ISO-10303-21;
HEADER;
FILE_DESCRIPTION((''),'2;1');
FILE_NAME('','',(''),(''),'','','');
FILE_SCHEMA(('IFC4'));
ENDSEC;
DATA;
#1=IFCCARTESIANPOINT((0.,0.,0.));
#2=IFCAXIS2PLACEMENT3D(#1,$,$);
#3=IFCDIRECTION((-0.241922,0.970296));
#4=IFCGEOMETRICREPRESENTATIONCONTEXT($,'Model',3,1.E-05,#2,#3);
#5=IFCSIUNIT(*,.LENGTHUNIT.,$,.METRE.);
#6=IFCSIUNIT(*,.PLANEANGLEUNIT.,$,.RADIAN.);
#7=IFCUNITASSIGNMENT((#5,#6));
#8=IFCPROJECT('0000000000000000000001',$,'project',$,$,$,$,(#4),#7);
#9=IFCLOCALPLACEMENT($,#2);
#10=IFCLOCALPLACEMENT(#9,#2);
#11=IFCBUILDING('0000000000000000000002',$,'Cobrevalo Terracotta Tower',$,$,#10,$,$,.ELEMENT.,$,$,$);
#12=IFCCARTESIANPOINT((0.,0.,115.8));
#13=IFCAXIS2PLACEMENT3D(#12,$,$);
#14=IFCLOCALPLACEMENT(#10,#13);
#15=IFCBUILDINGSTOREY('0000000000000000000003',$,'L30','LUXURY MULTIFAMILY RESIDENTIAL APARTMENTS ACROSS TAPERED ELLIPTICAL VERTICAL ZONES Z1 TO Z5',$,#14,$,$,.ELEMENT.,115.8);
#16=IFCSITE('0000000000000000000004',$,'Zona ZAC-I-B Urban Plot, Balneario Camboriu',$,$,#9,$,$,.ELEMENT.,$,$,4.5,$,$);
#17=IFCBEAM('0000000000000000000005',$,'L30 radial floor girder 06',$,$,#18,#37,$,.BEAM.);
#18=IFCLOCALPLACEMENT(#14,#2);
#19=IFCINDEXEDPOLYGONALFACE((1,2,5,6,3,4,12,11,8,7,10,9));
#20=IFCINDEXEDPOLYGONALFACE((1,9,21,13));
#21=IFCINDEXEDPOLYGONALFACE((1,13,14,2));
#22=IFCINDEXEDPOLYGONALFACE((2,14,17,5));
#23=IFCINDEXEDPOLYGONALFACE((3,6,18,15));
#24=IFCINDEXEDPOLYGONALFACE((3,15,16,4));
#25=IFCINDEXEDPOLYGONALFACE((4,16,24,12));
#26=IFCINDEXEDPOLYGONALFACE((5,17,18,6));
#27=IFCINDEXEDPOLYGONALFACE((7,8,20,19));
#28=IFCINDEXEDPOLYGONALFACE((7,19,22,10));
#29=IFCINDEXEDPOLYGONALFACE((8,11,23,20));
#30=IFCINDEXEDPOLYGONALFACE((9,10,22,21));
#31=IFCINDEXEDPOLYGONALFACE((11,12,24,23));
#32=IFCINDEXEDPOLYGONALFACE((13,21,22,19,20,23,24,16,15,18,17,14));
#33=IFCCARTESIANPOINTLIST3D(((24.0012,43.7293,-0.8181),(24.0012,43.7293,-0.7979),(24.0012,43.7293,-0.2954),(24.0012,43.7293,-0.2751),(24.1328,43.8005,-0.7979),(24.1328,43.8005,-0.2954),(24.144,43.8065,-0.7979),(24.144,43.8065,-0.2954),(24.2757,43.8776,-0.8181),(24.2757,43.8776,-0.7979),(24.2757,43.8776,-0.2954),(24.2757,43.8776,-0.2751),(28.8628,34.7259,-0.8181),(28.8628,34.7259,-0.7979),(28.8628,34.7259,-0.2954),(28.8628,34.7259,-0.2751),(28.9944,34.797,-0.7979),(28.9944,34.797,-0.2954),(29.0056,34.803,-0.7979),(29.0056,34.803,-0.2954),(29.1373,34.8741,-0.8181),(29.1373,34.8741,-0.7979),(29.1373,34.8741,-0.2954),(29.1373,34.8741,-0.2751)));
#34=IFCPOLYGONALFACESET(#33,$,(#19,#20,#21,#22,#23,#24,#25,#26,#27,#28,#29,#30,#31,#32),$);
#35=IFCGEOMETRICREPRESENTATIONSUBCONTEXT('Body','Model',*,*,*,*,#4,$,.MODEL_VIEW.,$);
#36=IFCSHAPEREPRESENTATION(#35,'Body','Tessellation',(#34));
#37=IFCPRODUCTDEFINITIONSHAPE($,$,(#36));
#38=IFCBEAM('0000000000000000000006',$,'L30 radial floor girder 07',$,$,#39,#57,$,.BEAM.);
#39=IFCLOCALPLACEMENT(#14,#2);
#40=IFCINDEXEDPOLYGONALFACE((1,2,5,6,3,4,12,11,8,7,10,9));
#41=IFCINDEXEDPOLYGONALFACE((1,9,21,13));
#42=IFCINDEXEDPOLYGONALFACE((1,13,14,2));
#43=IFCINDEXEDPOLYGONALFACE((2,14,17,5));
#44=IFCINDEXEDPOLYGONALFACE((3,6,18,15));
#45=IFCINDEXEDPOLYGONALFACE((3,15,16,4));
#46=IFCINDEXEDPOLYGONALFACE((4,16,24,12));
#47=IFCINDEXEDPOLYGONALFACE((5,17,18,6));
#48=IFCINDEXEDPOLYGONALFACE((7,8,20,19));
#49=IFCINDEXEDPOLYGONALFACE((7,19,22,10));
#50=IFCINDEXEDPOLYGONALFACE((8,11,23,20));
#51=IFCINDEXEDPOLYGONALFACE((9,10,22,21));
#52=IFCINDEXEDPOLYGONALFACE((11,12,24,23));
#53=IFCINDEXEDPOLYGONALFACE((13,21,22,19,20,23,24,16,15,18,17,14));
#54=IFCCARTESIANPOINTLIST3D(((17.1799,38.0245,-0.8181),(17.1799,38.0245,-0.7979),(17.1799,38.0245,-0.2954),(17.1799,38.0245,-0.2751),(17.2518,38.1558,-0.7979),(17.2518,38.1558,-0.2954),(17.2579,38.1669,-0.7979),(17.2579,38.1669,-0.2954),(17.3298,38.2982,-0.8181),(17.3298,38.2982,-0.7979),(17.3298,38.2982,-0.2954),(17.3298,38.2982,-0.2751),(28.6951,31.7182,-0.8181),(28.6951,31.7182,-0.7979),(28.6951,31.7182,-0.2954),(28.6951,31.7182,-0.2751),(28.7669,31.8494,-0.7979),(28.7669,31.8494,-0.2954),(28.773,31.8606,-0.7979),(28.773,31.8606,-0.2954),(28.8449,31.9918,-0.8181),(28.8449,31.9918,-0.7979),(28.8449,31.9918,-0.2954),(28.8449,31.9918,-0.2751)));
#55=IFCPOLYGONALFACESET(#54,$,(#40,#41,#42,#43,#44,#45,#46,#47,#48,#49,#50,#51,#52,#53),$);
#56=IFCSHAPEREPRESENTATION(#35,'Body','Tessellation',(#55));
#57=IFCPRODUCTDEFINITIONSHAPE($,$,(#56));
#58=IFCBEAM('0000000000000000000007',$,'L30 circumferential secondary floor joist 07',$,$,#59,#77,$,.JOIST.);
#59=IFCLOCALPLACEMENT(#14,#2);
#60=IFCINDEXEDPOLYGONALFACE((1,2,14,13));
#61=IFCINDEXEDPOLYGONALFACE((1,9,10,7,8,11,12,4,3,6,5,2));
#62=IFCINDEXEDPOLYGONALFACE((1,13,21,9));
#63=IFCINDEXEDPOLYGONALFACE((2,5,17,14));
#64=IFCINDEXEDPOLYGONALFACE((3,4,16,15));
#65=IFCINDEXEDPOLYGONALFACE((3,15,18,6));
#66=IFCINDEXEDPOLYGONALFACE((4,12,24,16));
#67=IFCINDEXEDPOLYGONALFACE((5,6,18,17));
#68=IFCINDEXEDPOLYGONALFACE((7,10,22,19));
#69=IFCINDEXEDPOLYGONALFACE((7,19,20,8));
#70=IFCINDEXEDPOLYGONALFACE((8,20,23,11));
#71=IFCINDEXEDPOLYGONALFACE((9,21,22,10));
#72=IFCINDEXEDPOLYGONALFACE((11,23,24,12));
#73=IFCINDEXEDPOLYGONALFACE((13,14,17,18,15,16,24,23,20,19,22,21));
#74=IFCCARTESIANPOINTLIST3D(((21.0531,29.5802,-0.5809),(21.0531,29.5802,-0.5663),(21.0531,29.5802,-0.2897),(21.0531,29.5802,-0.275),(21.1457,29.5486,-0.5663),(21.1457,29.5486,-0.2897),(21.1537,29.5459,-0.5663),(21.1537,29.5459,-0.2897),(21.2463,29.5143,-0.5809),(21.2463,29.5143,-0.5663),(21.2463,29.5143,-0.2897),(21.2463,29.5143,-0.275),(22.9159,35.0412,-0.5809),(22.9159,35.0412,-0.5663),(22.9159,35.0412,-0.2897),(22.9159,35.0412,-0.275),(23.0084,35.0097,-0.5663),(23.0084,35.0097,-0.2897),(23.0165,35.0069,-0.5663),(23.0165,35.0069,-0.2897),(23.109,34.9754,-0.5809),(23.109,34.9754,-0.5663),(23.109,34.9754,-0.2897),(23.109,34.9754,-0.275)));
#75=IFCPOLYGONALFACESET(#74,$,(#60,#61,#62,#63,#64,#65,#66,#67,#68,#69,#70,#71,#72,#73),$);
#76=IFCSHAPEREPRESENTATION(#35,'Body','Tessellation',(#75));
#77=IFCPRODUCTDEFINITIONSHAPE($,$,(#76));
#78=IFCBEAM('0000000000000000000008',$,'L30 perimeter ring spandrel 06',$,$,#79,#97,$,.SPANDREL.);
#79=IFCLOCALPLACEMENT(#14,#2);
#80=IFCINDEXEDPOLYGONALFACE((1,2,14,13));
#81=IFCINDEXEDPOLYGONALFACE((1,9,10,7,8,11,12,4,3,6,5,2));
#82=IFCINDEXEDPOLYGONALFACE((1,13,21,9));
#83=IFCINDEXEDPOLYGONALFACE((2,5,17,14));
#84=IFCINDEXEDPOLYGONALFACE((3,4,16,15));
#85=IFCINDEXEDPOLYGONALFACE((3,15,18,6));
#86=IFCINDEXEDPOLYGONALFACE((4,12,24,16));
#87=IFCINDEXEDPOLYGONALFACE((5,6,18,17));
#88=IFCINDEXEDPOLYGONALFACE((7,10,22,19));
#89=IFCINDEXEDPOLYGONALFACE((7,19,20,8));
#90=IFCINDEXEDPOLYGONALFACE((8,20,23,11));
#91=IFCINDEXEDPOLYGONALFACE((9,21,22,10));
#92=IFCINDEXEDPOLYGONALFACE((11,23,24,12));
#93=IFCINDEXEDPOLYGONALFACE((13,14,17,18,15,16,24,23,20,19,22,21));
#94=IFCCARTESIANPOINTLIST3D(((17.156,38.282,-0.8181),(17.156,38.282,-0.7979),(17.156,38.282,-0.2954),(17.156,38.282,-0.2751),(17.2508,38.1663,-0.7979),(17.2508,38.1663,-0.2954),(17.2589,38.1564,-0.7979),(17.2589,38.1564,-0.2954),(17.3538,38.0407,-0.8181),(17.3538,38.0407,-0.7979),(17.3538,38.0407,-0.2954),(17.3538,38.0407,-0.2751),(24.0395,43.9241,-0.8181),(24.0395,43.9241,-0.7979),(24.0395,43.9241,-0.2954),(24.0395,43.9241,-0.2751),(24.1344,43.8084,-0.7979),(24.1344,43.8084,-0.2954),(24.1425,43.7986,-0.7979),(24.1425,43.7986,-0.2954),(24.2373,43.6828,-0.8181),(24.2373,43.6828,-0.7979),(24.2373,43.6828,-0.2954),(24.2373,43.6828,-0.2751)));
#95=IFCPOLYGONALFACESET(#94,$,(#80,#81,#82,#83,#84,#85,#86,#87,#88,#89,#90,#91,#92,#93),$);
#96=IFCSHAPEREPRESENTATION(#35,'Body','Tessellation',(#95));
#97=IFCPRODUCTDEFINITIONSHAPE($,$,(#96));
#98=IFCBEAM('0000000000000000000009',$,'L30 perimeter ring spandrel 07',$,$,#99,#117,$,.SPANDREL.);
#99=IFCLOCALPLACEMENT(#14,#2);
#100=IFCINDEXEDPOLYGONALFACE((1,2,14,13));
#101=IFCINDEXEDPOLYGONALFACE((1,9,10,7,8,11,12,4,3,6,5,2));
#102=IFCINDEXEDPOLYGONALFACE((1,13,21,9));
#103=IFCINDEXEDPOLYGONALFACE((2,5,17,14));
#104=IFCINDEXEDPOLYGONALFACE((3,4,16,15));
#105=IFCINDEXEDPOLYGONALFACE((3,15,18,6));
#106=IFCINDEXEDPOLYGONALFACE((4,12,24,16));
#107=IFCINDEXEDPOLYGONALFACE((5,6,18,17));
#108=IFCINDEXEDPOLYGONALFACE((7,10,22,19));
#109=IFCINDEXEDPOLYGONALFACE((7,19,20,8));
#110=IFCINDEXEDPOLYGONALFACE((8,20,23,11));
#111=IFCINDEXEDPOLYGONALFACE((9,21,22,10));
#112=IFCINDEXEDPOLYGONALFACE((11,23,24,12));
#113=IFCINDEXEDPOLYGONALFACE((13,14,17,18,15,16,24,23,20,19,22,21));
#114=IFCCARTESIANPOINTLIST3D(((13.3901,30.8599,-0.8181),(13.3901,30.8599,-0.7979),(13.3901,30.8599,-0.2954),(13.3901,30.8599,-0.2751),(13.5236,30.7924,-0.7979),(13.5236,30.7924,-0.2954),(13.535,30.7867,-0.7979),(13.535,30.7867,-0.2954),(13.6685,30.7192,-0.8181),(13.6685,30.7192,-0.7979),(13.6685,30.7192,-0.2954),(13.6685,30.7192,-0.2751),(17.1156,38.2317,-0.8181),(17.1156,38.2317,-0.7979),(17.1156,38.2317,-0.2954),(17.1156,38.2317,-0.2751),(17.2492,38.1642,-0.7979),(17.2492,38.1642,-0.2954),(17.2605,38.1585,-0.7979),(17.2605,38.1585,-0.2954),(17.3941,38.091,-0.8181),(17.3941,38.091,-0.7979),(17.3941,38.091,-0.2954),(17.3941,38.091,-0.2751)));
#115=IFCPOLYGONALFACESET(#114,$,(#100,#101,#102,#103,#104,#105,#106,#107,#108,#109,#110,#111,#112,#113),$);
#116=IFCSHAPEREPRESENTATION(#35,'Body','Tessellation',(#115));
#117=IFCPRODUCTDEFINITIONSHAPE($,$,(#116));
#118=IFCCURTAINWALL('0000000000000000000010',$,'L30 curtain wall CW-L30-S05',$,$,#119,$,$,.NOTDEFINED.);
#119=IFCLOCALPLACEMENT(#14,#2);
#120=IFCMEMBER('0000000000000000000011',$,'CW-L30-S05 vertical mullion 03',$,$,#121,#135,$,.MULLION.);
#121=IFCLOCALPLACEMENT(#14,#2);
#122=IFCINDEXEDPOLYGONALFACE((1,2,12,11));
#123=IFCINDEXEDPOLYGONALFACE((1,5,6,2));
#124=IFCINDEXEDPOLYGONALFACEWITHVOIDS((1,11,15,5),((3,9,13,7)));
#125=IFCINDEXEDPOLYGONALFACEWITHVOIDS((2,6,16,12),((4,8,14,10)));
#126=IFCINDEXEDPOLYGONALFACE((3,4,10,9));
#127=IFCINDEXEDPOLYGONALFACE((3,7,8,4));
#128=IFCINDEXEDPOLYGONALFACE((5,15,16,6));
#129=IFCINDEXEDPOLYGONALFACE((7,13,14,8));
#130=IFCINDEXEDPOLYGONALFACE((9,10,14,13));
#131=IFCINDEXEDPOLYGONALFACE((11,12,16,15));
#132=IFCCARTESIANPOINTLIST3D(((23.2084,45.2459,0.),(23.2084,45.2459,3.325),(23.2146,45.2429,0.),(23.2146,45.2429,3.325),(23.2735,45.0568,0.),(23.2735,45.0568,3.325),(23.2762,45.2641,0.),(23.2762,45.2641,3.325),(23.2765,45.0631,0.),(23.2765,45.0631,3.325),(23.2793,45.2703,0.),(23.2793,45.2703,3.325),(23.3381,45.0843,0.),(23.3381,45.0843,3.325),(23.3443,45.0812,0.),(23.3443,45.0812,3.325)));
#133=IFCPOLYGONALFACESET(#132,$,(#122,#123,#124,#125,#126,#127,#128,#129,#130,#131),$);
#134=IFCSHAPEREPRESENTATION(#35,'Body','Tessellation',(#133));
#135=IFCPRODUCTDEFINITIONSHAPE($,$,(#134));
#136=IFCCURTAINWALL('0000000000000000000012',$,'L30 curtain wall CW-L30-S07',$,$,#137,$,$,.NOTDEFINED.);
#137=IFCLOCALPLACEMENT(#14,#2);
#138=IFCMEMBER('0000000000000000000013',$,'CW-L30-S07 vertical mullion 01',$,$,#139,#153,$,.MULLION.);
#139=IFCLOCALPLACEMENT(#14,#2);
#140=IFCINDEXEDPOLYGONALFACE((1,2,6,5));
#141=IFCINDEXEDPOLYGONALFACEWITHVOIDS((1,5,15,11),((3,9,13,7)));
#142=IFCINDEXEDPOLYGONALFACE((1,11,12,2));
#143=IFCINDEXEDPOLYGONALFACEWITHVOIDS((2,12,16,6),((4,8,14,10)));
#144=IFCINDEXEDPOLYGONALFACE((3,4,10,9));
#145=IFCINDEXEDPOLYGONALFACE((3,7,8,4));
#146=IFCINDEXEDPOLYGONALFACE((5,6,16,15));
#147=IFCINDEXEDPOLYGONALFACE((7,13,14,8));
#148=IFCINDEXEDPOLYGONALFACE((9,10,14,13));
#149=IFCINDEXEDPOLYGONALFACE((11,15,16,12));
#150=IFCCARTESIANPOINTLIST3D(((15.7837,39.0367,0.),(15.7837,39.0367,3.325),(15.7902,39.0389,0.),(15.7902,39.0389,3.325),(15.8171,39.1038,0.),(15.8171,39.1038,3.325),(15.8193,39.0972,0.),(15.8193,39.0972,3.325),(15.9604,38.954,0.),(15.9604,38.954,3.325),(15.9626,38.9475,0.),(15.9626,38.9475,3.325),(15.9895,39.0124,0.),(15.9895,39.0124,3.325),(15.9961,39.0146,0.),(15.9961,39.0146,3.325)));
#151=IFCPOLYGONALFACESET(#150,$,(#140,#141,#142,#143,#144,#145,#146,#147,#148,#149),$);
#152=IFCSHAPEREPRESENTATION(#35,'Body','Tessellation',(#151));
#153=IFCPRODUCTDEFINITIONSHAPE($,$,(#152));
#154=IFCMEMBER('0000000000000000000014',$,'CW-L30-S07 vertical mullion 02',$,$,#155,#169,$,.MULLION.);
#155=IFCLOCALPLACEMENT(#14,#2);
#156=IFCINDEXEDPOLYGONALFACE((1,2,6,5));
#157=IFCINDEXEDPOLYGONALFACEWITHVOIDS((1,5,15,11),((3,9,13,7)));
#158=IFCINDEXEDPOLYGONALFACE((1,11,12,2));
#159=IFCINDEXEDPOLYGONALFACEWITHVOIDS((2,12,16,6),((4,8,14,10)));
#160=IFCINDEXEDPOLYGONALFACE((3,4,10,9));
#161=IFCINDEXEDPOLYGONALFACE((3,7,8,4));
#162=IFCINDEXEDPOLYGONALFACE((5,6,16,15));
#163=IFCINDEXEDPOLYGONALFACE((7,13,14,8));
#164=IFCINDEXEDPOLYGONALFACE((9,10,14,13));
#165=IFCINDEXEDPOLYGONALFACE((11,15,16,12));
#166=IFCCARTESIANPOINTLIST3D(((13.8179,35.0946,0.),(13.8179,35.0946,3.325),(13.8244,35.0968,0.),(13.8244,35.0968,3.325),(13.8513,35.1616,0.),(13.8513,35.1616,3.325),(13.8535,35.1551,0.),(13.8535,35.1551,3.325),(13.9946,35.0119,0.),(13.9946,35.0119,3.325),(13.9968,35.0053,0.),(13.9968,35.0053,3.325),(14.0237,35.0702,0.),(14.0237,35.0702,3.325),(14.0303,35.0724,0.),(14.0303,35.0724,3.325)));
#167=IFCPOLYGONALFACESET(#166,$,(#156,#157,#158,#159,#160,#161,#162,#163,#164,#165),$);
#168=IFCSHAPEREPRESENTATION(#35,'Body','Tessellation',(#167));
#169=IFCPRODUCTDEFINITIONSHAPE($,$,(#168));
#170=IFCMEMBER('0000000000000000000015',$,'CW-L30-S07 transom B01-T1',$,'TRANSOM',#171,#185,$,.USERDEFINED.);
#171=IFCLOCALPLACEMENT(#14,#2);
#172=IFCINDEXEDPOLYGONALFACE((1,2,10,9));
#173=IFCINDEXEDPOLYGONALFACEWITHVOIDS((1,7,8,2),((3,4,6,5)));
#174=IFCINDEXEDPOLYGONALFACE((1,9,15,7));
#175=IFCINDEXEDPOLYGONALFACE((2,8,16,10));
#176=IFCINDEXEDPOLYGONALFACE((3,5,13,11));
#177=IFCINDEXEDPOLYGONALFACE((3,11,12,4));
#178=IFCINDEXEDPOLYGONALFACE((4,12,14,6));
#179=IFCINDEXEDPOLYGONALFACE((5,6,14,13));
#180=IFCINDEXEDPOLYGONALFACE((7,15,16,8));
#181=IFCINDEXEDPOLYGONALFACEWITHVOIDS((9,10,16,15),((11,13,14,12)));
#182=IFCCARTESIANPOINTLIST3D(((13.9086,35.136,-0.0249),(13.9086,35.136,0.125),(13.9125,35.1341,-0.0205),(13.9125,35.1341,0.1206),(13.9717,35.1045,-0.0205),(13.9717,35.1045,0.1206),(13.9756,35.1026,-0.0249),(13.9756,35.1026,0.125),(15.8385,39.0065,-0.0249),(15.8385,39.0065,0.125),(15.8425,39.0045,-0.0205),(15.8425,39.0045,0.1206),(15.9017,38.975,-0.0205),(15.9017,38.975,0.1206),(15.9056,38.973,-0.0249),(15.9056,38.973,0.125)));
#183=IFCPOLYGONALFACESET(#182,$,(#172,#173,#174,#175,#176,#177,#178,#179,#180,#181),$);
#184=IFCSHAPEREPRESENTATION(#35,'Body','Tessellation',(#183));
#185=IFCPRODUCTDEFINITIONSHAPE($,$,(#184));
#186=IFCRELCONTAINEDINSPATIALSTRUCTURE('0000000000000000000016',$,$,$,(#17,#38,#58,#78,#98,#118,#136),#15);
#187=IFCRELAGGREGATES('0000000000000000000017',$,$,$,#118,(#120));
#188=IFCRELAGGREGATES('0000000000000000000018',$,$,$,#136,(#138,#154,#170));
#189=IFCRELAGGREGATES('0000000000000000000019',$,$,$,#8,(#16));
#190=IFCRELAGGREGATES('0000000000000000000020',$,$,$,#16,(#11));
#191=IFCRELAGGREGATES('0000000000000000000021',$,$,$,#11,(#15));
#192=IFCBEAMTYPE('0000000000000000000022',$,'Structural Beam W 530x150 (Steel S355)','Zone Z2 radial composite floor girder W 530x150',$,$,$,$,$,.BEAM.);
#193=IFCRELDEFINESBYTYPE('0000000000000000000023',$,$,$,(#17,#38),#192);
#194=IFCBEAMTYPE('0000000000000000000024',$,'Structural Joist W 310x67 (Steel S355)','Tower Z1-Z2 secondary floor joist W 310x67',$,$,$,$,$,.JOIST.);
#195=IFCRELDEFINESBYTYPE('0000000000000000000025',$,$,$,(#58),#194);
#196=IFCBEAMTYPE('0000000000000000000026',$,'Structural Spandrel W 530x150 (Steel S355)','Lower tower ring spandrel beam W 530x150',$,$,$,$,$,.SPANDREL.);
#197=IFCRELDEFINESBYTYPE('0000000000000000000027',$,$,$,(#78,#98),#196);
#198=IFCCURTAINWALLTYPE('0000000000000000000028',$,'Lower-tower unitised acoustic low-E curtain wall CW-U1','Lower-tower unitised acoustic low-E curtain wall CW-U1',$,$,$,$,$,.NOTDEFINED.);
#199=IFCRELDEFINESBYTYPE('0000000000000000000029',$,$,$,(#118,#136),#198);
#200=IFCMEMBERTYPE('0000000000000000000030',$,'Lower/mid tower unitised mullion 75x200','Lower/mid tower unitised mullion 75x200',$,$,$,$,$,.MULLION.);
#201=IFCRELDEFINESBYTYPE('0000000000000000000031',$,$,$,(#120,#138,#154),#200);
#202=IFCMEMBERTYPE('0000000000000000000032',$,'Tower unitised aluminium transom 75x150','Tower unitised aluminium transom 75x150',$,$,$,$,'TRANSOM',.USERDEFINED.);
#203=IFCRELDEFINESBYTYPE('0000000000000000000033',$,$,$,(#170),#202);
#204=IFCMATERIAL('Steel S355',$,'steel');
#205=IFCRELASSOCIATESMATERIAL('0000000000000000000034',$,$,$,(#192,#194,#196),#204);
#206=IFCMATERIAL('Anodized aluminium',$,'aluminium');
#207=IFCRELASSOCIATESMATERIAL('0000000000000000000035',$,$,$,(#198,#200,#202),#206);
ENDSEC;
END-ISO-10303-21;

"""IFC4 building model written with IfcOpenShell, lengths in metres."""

from ifc_helpers import new_model, si_unit, direction, frame, origin, origin_2d, place, context, subcontext, project, spatial, hollow_rectangle, i_section, extrude, source, transform, mapped, material, material_profile, profile_set, type_object, element, aggregate, save


model = new_model("IFC4")

# Units and contexts
model_context = context("Model", 3, precision=1e-05, world=origin(), true_north=direction((-0.241922, 0.970296)))
body_context = subcontext(model_context, "Body", "Model", "MODEL_VIEW")
ifc_project = project(units=[si_unit("LENGTHUNIT", "METRE"), si_unit("PLANEANGLEUNIT", "RADIAN")], contexts=[model_context])

# Site, building, storey
site_placement = place(None, origin())
site = spatial("IfcSite", under=ifc_project, at=site_placement, Name="Zona ZAC-I-B Urban Plot, Balneario Camboriu", CompositionType="ELEMENT", RefElevation=4.5)
building_placement = place(site_placement, origin())
building = spatial("IfcBuilding", under=site, at=building_placement, Name="Cobrevalo Terracotta Tower", CompositionType="ELEMENT")
storey_placement = place(building_placement, frame((0.0, 0.0, 115.8)))
storey = spatial("IfcBuildingStorey", under=building, at=storey_placement, Name="L30", Description="LUXURY MULTIFAMILY RESIDENTIAL APARTMENTS ACROSS TAPERED ELLIPTICAL VERTICAL ZONES Z1 TO Z5", CompositionType="ELEMENT", Elevation=115.8)

# Shared definitions
ifc_material_1 = material(Name="Steel S355", Category="steel")

# Beams
ifc_material_profile_1 = material_profile(ifc_material_1, i_section(OverallWidth=0.312, OverallDepth=0.543, WebThickness=0.0127, FlangeThickness=0.0203, at=origin_2d()), Name="W 530x150")
ifc_profile_set_1 = profile_set([ifc_material_profile_1], Name="Steel S355")
beam_type_1 = type_object("IfcBeamType", Name="Structural Beam W 530x150 (Steel S355)", Description="Zone Z2 radial composite floor girder W 530x150", PredefinedType="BEAM", material=ifc_profile_set_1)
beam_1_placement = place(storey_placement, frame((24.1384, 43.8035, -0.5466), z_axis=(0.475128, -0.879917, 0.0), x_axis=(0.879917, 0.475128, 0.0)))
element("IfcBeam", 1, at=beam_1_placement, inside=storey, type_object=beam_type_1, Name="L30 radial floor girder 06", PredefinedType="BEAM", context=body_context, shape_type="SweptSolid", body=[
    extrude(i_section(OverallWidth=0.312, OverallDepth=0.543, WebThickness=0.0127, FlangeThickness=0.0203, at=origin_2d()), origin(), (0.0, 0.0, 1.0), 10.2322),
])
beam_2_placement = place(storey_placement, frame((17.2549, 38.1614, -0.5466), z_axis=(0.877081, -0.480343, 0.0), x_axis=(0.480343, 0.877081, 0.0)))
element("IfcBeam", 2, at=beam_2_placement, inside=storey, type_object=beam_type_1, Name="L30 radial floor girder 07", PredefinedType="BEAM", context=body_context, shape_type="SweptSolid", body=[
    extrude(i_section(OverallWidth=0.312, OverallDepth=0.543, WebThickness=0.0127, FlangeThickness=0.0203, at=origin_2d()), origin(), (0.0, 0.0, 1.0), 13.1289),
])
ifc_material_profile_2 = material_profile(ifc_material_1, i_section(OverallWidth=0.2041, OverallDepth=0.3059, WebThickness=0.0085, FlangeThickness=0.0146, at=origin_2d()), Name="W 310x67")
ifc_profile_set_2 = profile_set([ifc_material_profile_2], Name="Steel S355")
beam_type_2 = type_object("IfcBeamType", Name="Structural Joist W 310x67 (Steel S355)", Description="Tower Z1-Z2 secondary floor joist W 310x67", PredefinedType="JOIST", material=ifc_profile_set_2)
beam_3_placement = place(storey_placement, frame((23.0125, 35.0083, -0.428), z_axis=(-0.322833, -0.946456, 0.0), x_axis=(0.946456, -0.322833, 0.0)))
element("IfcBeam", 3, at=beam_3_placement, inside=storey, type_object=beam_type_2, Name="L30 circumferential secondary floor joist 07", PredefinedType="JOIST", context=body_context, shape_type="SweptSolid", body=[
    extrude(i_section(OverallWidth=0.2041, OverallDepth=0.3059, WebThickness=0.0085, FlangeThickness=0.0146, at=origin_2d()), origin(), (0.0, 0.0, 1.0), 5.77),
])
ifc_material_profile_3 = material_profile(ifc_material_1, i_section(OverallWidth=0.312, OverallDepth=0.543, WebThickness=0.0127, FlangeThickness=0.0203, at=origin_2d()), Name="W 530x150")
ifc_profile_set_3 = profile_set([ifc_material_profile_3], Name="Steel S355")
beam_type_3 = type_object("IfcBeamType", Name="Structural Spandrel W 530x150 (Steel S355)", Description="Lower tower ring spandrel beam W 530x150", PredefinedType="SPANDREL", material=ifc_profile_set_3)
beam_4_placement = place(storey_placement, frame((24.1384, 43.8035, -0.5466), z_axis=(-0.773401, -0.633917, 0.0), x_axis=(0.633917, -0.773401, 0.0)))
element("IfcBeam", 4, at=beam_4_placement, inside=storey, type_object=beam_type_3, Name="L30 perimeter ring spandrel 06", PredefinedType="SPANDREL", context=body_context, shape_type="SweptSolid", body=[
    extrude(i_section(OverallWidth=0.312, OverallDepth=0.543, WebThickness=0.0127, FlangeThickness=0.0203, at=origin_2d()), origin(), (0.0, 0.0, 1.0), 8.9004),
])
beam_5_placement = place(storey_placement, frame((17.2549, 38.1614, -0.5466), z_axis=(-0.451052, -0.892498, 0.0), x_axis=(0.892498, -0.451052, 0.0)))
element("IfcBeam", 5, at=beam_5_placement, inside=storey, type_object=beam_type_3, Name="L30 perimeter ring spandrel 07", PredefinedType="SPANDREL", context=body_context, shape_type="SweptSolid", body=[
    extrude(i_section(OverallWidth=0.312, OverallDepth=0.543, WebThickness=0.0127, FlangeThickness=0.0203, at=origin_2d()), origin(), (0.0, 0.0, 1.0), 8.2598),
])

# Curtain wall, member
ifc_material_2 = material(Name="Anodized aluminium", Category="aluminium")
curtain_wall_type = type_object("IfcCurtainWallType", Name="Lower-tower unitised acoustic low-E curtain wall CW-U1", Description="Lower-tower unitised acoustic low-E curtain wall CW-U1", PredefinedType="NOTDEFINED", material=ifc_material_2)
curtain_wall_1_placement = place(storey_placement, origin())
curtain_wall_1 = element("IfcCurtainWall", 6, at=curtain_wall_1_placement, inside=storey, type_object=curtain_wall_type, Name="L30 curtain wall CW-L30-S05", PredefinedType="NOTDEFINED")
ifc_material_profile_4 = material_profile(ifc_material_2, hollow_rectangle(XDim=0.075, YDim=0.2, WallThickness=0.0049, at=origin_2d()), Name="CWM 75x200")
ifc_profile_set_4 = profile_set([ifc_material_profile_4], Name="Anodized aluminium")
member_type_1 = type_object("IfcMemberType", Name="Lower/mid tower unitised mullion 75x200", Description="Lower/mid tower unitised mullion 75x200", PredefinedType="MULLION", material=ifc_profile_set_4)
shared_shape_1 = source(origin(), body_context, "Body", "SweptSolid", [
    extrude(hollow_rectangle(XDim=0.075, YDim=0.2, WallThickness=0.0049, at=origin_2d()), origin(), (0.0, 0.0, 1.0), 3.325),
])
member_1_placement = place(storey_placement, frame((23.2764, 45.1636, 0.0), z_axis=(0.0, 0.0, 1.0), x_axis=(-0.945598, -0.325337, 0.0)))
member_1 = element("IfcMember", 7, at=member_1_placement, type_object=member_type_1, Name="CW-L30-S05 vertical mullion 03", PredefinedType="MULLION", context=body_context, shape_type="MappedRepresentation", body=[
    mapped(shared_shape_1, transform((0.0, 0.0, 0.0), scale=1.0)),
])
aggregate(curtain_wall_1, [member_1])

# Curtain wall, members
curtain_wall_2_placement = place(storey_placement, origin())
curtain_wall_2 = element("IfcCurtainWall", 8, at=curtain_wall_2_placement, inside=storey, type_object=curtain_wall_type, Name="L30 curtain wall CW-L30-S07", PredefinedType="NOTDEFINED")
member_2_placement = place(storey_placement, frame((15.8899, 39.0256, 0.0), z_axis=(0.0, 0.0, 1.0), x_axis=(-0.44626, -0.894903, 0.0)))
member_2 = element("IfcMember", 9, at=member_2_placement, type_object=member_type_1, Name="CW-L30-S07 vertical mullion 01", PredefinedType="MULLION", context=body_context, shape_type="MappedRepresentation", body=[
    mapped(shared_shape_1, transform((0.0, 0.0, 0.0), scale=1.0)),
])
member_3_placement = place(storey_placement, frame((13.9241, 35.0835, 0.0), z_axis=(0.0, 0.0, 1.0), x_axis=(-0.44626, -0.894903, 0.0)))
member_3 = element("IfcMember", 10, at=member_3_placement, type_object=member_type_1, Name="CW-L30-S07 vertical mullion 02", PredefinedType="MULLION", context=body_context, shape_type="MappedRepresentation", body=[
    mapped(shared_shape_1, transform((0.0, 0.0, 0.0), scale=1.0)),
])
ifc_material_profile_5 = material_profile(ifc_material_2, hollow_rectangle(XDim=0.075, YDim=0.1499, WallThickness=0.0044, at=origin_2d()), Name="CWT 75x150")
ifc_profile_set_5 = profile_set([ifc_material_profile_5], Name="Anodized aluminium")
member_type_2 = type_object("IfcMemberType", Name="Tower unitised aluminium transom 75x150", Description="Tower unitised aluminium transom 75x150", ElementType="TRANSOM", PredefinedType="USERDEFINED", material=ifc_profile_set_5)
shared_shape_2 = source(origin(), body_context, "Body", "SweptSolid", [
    extrude(hollow_rectangle(XDim=0.075, YDim=0.1499, WallThickness=0.0044, at=origin_2d()), origin(), (0.0, 0.0, 1.0), 4.325),
])
member_4_placement = place(storey_placement, frame((15.8721, 38.9897, 0.05), z_axis=(-0.446242, -0.894912, 0.0), x_axis=(0.894912, -0.446242, 0.0)))
member_4 = element("IfcMember", 11, at=member_4_placement, type_object=member_type_2, Name="CW-L30-S07 transom B01-T1", ObjectType="TRANSOM", PredefinedType="USERDEFINED", context=body_context, shape_type="MappedRepresentation", body=[
    mapped(shared_shape_2, transform((0.0, 0.0, 0.0), scale=1.0)),
])
aggregate(curtain_wall_2, [member_2, member_3, member_4])

save(model, "model.ifc")
